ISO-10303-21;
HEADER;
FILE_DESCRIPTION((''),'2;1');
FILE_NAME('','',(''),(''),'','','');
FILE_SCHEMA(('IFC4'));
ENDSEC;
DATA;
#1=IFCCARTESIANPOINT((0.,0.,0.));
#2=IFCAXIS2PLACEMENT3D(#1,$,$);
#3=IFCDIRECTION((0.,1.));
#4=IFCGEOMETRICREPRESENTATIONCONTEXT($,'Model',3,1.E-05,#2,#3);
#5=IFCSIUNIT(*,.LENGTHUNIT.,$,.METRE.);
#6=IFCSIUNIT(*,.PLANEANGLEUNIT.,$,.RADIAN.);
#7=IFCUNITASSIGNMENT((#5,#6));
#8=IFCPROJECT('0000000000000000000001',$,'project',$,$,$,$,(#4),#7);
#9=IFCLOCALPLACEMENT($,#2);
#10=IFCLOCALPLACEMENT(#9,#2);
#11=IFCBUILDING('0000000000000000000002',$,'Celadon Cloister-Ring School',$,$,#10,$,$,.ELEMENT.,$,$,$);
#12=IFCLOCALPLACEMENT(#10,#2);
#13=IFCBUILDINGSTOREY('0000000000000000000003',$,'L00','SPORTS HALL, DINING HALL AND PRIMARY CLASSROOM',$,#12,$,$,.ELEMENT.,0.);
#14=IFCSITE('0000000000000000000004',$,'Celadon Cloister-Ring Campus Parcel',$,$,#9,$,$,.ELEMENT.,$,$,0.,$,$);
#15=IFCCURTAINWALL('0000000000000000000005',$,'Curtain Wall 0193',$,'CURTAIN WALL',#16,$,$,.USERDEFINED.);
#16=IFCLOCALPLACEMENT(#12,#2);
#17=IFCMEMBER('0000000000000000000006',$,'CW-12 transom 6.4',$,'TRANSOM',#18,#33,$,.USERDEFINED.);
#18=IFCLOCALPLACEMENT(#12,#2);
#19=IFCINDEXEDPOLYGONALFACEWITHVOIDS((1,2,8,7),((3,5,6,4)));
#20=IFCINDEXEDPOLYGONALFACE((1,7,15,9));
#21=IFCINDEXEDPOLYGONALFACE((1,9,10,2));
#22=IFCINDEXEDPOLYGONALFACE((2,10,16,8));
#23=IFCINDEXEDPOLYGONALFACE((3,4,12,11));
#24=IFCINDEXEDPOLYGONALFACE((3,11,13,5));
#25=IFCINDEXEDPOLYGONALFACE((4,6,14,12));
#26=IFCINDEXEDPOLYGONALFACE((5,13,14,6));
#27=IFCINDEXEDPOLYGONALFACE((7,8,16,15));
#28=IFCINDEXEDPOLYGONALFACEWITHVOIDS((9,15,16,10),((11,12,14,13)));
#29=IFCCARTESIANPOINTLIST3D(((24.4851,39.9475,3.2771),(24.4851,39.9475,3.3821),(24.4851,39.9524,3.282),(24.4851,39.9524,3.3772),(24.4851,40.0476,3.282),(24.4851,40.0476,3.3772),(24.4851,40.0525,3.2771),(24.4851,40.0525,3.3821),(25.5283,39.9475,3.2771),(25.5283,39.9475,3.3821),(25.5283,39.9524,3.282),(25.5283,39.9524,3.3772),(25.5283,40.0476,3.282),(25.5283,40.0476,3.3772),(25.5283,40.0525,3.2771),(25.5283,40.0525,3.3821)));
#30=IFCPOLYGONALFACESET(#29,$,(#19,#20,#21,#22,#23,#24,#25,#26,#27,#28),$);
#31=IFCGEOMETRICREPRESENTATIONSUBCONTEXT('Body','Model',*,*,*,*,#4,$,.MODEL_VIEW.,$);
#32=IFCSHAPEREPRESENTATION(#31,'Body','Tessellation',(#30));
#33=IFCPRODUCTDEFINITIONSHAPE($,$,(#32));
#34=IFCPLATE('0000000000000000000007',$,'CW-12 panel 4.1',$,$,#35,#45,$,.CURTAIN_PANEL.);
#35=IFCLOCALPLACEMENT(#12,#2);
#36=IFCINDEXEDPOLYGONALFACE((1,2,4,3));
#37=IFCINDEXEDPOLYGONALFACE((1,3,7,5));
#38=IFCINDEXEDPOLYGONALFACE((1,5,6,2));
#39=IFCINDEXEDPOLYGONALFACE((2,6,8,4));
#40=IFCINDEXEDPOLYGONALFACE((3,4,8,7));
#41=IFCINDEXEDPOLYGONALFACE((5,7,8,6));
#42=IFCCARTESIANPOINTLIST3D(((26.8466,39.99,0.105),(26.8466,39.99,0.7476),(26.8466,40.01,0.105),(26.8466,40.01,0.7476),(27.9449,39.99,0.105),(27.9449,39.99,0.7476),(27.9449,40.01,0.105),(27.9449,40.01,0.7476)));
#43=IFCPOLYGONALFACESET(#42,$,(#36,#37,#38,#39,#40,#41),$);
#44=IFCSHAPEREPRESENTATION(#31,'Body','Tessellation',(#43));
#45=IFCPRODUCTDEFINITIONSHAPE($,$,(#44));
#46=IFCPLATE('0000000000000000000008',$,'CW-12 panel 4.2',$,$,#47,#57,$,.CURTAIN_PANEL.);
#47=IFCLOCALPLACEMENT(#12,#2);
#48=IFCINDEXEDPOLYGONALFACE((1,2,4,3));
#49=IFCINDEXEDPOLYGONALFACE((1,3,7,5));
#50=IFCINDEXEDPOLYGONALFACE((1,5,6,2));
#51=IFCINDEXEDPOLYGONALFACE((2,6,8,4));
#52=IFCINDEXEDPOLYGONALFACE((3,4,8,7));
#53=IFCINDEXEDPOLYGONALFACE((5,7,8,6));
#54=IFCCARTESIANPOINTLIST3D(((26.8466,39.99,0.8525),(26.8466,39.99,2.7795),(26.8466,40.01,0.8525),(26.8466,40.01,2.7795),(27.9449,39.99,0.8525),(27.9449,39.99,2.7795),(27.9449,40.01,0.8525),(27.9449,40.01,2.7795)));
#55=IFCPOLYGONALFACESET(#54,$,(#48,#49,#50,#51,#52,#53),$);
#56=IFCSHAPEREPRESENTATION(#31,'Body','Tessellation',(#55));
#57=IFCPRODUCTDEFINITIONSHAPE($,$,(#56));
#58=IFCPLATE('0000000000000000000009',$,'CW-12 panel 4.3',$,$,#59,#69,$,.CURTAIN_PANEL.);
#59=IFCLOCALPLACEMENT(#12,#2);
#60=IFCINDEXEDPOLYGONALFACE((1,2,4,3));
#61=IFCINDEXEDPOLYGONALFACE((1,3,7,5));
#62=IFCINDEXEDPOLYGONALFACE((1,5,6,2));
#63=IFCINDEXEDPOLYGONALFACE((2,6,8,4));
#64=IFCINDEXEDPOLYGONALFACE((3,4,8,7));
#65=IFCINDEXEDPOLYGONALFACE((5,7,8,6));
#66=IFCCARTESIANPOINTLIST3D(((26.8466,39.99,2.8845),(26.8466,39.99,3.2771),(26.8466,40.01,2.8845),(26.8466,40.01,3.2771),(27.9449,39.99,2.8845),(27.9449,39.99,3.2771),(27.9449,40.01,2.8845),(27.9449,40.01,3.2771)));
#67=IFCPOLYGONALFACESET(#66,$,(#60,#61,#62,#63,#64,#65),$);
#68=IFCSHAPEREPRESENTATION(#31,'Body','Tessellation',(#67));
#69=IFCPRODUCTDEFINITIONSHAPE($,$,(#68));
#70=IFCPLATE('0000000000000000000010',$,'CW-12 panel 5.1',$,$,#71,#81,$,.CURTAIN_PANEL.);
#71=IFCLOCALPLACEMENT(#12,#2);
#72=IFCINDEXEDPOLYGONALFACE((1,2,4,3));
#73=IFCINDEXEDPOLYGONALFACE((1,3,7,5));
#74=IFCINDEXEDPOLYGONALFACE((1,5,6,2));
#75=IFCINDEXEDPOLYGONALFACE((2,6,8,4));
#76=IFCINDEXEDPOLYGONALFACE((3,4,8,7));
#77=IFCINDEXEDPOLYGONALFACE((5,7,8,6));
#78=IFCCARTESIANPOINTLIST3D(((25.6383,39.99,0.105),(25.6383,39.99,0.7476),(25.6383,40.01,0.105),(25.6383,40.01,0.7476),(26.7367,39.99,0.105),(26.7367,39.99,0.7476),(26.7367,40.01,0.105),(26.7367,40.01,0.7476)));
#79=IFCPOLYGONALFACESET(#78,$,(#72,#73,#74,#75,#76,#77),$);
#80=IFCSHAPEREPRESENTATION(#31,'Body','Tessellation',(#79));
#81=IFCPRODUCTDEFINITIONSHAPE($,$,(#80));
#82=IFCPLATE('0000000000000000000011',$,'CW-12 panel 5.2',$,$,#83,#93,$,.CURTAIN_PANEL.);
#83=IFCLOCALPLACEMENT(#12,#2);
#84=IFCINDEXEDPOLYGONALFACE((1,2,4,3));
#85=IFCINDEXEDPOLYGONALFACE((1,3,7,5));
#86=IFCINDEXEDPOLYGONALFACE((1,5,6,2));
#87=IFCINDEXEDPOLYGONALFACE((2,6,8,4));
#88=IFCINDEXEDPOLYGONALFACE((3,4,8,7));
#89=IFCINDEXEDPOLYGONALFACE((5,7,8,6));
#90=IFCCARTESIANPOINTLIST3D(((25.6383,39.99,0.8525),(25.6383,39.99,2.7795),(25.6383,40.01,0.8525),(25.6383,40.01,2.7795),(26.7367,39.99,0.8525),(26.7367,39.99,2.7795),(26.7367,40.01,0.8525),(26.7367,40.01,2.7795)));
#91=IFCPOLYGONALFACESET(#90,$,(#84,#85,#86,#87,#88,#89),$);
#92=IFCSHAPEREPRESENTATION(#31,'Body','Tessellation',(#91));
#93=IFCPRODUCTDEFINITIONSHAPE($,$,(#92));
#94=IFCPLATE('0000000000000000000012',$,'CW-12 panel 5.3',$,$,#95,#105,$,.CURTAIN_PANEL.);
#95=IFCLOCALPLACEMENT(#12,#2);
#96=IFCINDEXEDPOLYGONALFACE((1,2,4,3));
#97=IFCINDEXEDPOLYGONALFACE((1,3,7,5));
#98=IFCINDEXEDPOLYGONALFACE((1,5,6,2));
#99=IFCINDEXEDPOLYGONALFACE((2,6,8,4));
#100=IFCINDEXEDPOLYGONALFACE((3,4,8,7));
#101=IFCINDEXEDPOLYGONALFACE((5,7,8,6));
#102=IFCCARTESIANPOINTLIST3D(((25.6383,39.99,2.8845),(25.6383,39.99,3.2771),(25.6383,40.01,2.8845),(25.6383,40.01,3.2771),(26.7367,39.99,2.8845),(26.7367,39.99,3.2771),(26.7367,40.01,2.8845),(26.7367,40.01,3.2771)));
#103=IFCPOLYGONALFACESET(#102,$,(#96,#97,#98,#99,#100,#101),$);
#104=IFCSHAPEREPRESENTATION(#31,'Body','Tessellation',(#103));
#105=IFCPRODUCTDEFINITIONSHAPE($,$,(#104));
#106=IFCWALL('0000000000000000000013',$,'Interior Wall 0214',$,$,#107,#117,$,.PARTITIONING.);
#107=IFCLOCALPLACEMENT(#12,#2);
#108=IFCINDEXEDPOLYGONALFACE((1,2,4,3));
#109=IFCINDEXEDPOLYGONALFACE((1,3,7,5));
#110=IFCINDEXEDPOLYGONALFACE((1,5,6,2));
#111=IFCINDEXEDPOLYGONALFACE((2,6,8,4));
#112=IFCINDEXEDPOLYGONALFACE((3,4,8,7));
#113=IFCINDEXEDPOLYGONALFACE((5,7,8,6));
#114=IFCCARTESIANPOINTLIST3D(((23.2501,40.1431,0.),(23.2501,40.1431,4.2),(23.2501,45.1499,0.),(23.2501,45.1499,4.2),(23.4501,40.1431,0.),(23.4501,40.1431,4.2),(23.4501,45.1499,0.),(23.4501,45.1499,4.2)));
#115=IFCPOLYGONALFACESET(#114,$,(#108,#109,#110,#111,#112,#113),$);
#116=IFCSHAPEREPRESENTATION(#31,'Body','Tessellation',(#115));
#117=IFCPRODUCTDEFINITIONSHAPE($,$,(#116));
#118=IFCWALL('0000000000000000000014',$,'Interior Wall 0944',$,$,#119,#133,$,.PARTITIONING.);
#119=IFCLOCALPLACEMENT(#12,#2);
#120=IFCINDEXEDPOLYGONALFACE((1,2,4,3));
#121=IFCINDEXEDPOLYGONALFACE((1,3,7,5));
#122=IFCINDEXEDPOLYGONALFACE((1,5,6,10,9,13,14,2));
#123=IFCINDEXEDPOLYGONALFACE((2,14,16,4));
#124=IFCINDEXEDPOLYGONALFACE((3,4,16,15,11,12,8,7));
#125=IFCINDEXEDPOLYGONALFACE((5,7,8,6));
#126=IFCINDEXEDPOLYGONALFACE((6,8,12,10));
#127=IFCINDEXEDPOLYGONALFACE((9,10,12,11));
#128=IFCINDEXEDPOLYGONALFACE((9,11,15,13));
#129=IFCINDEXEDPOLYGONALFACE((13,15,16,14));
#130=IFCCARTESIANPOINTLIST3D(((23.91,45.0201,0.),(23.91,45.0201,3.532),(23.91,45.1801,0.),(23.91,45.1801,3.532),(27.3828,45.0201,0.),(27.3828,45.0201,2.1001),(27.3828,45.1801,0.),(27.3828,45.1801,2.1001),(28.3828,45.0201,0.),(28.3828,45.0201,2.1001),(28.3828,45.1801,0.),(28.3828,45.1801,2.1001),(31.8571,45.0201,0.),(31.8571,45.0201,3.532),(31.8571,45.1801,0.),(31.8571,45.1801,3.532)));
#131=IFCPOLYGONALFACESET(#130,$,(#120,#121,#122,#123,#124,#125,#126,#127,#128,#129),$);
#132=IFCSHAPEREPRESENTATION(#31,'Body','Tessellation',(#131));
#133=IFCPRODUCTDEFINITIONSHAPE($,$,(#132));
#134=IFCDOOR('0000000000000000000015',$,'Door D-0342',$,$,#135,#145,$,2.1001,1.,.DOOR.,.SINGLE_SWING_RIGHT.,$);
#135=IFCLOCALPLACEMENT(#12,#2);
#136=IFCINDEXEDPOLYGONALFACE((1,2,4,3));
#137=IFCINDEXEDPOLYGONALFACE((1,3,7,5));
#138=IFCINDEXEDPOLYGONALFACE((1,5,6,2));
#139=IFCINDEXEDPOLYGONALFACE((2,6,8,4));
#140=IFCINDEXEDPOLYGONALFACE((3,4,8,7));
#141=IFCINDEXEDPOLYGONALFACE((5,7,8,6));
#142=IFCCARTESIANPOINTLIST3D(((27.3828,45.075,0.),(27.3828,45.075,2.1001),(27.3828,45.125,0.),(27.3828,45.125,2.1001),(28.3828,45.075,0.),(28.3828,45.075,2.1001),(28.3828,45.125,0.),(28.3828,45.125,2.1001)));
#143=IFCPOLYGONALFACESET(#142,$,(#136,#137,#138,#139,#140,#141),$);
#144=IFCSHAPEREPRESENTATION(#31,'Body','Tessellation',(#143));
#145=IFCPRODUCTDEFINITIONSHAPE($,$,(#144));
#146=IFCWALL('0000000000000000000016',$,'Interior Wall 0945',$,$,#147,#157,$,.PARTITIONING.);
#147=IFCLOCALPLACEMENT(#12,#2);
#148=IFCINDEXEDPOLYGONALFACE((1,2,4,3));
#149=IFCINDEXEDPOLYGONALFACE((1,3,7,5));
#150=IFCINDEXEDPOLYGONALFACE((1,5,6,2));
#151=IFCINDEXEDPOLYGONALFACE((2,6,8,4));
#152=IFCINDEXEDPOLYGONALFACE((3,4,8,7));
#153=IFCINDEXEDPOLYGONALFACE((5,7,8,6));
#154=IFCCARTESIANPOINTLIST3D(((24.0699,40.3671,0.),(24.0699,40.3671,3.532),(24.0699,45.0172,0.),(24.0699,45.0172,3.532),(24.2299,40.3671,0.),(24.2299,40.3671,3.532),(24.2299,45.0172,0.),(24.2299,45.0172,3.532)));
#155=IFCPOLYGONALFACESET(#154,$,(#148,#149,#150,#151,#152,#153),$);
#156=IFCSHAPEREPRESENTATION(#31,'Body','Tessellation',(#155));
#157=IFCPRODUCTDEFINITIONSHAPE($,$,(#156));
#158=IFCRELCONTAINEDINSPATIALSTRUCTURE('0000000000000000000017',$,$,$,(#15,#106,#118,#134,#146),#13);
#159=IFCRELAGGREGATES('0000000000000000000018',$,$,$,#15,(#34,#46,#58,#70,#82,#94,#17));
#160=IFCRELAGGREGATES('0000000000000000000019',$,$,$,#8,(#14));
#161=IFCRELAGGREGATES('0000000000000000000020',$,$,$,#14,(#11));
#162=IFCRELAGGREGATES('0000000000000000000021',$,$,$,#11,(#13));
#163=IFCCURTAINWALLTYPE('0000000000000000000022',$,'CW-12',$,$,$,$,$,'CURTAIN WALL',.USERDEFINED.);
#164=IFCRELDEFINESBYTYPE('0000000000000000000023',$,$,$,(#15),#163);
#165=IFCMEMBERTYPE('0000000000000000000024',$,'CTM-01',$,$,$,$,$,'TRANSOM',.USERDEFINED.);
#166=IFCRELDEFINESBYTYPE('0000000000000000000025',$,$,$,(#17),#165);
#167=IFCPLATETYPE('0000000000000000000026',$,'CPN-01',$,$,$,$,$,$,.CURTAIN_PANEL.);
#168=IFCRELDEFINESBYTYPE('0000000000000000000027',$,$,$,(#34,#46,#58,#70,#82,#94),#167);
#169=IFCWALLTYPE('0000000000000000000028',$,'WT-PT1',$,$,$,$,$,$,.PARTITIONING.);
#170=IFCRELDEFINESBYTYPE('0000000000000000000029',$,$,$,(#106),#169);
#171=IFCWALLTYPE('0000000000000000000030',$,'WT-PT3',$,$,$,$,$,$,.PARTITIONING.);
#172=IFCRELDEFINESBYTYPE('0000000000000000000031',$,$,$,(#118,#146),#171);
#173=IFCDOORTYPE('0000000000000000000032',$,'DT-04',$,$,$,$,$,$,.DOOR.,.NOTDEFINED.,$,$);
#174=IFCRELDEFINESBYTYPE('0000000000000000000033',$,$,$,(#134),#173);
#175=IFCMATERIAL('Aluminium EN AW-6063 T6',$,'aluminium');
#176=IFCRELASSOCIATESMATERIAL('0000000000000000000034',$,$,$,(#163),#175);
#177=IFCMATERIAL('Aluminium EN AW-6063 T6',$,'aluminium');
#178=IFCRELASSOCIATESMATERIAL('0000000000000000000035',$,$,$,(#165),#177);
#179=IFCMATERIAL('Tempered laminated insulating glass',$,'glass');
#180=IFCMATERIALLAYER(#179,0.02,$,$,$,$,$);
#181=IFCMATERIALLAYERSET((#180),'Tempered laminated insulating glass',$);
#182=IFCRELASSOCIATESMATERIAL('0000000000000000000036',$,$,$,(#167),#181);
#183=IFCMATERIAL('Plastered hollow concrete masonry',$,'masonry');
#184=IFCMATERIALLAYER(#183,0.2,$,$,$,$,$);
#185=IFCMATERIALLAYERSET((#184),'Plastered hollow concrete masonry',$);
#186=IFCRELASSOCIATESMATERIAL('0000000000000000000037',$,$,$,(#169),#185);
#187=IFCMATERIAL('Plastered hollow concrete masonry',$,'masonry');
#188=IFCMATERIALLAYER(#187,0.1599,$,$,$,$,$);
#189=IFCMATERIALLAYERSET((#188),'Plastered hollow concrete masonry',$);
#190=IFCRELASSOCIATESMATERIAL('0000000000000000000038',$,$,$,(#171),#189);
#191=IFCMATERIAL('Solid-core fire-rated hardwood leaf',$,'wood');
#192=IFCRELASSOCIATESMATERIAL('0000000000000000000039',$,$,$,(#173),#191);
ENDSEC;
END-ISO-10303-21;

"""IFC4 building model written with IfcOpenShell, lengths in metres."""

from ifc_helpers import new_model, si_unit, direction, frame, frame_2d, origin, origin_2d, place, context, subcontext, project, spatial, rectangle, hollow_rectangle, extrude, material, layer, layer_set, material_profile, profile_set, type_object, element, fill, aggregate, save


model = new_model("IFC4")

# Units and contexts
model_context = context("Model", 3, precision=1e-05, world=origin(), true_north=direction((0.0, 1.0)))
body_context = subcontext(model_context, "Body", "Model", "MODEL_VIEW")
ifc_project = project(units=[si_unit("LENGTHUNIT", "METRE"), si_unit("PLANEANGLEUNIT", "RADIAN")], contexts=[model_context])

# Site, building, storey
site_placement = place(None, origin())
site = spatial("IfcSite", under=ifc_project, at=site_placement, Name="Celadon Cloister-Ring Campus Parcel", CompositionType="ELEMENT", RefElevation=0.0)
building_placement = place(site_placement, origin())
building = spatial("IfcBuilding", under=site, at=building_placement, Name="Celadon Cloister-Ring School", CompositionType="ELEMENT")
storey_placement = place(building_placement, origin())
storey = spatial("IfcBuildingStorey", under=building, at=storey_placement, Name="L00", Description="SPORTS HALL, DINING HALL AND PRIMARY CLASSROOM", CompositionType="ELEMENT", Elevation=0.0)

# Curtain wall, member, plates
ifc_material_1 = material(Name="Aluminium EN AW-6063 T6", Category="aluminium")
curtain_wall_type = type_object("IfcCurtainWallType", Name="CW-12", ElementType="CURTAIN WALL", PredefinedType="USERDEFINED", material=ifc_material_1)
curtain_wall_placement = place(storey_placement, origin())
curtain_wall = element("IfcCurtainWall", 1, at=curtain_wall_placement, inside=storey, type_object=curtain_wall_type, Name="Curtain Wall 0193", ObjectType="CURTAIN WALL", PredefinedType="USERDEFINED")
ifc_material_2 = material(Name="Aluminium EN AW-6063 T6", Category="aluminium")
ifc_material_profile_1 = material_profile(ifc_material_2, hollow_rectangle(XDim=0.105, YDim=0.105, WallThickness=0.0049, at=origin_2d()), Name="RHS105X105X5")
ifc_profile_set_1 = profile_set([ifc_material_profile_1], Name="Aluminium EN AW-6063 T6")
member_type_1 = type_object("IfcMemberType", Name="CTM-01", ElementType="TRANSOM", PredefinedType="USERDEFINED", material=ifc_profile_set_1)
member_1_placement = place(storey_placement, frame((25.5283, 40.0, 3.3296), z_axis=(-1.0, 0.0, 0.0), x_axis=(0.0, -1.0, 0.0)))
member_1 = element("IfcMember", 2, at=member_1_placement, type_object=member_type_1, Name="CW-12 transom 6.4", ObjectType="TRANSOM", PredefinedType="USERDEFINED", context=body_context, shape_type="SweptSolid", body=[
    extrude(hollow_rectangle(XDim=0.105, YDim=0.105, WallThickness=0.0049, at=origin_2d()), origin(), (0.0, 0.0, 1.0), 1.0432),
])
ifc_material_3 = material(Name="Tempered laminated insulating glass", Category="glass")
ifc_layer_1 = layer(ifc_material_3, 0.02)
ifc_layer_set_1 = layer_set([ifc_layer_1], Name="Tempered laminated insulating glass")
plate_type = type_object("IfcPlateType", Name="CPN-01", PredefinedType="CURTAIN_PANEL", material=ifc_layer_set_1)
plate_1_placement = place(storey_placement, frame((27.3958, 40.0, 0.105), z_axis=(0.0, 0.0, 1.0), x_axis=(-1.0, 0.0, 0.0)))
plate_1 = element("IfcPlate", 3, at=plate_1_placement, type_object=plate_type, Name="CW-12 panel 4.1", PredefinedType="CURTAIN_PANEL", context=body_context, shape_type="SweptSolid", body=[
    extrude(rectangle(XDim=1.0984, YDim=0.02, at=origin_2d()), origin(), (0.0, 0.0, 1.0), 0.6426),
])
plate_2_placement = place(storey_placement, frame((27.3958, 40.0, 0.8525), z_axis=(0.0, 0.0, 1.0), x_axis=(-1.0, 0.0, 0.0)))
plate_2 = element("IfcPlate", 4, at=plate_2_placement, type_object=plate_type, Name="CW-12 panel 4.2", PredefinedType="CURTAIN_PANEL", context=body_context, shape_type="SweptSolid", body=[
    extrude(rectangle(XDim=1.0984, YDim=0.02, at=origin_2d()), origin(), (0.0, 0.0, 1.0), 1.927),
])
plate_3_placement = place(storey_placement, frame((27.3958, 40.0, 2.8845), z_axis=(0.0, 0.0, 1.0), x_axis=(-1.0, 0.0, 0.0)))
plate_3 = element("IfcPlate", 5, at=plate_3_placement, type_object=plate_type, Name="CW-12 panel 4.3", PredefinedType="CURTAIN_PANEL", context=body_context, shape_type="SweptSolid", body=[
    extrude(rectangle(XDim=1.0984, YDim=0.02, at=origin_2d()), origin(), (0.0, 0.0, 1.0), 0.3926),
])
plate_4_placement = place(storey_placement, frame((26.1875, 40.0, 0.105), z_axis=(0.0, 0.0, 1.0), x_axis=(-1.0, 0.0, 0.0)))
plate_4 = element("IfcPlate", 6, at=plate_4_placement, type_object=plate_type, Name="CW-12 panel 5.1", PredefinedType="CURTAIN_PANEL", context=body_context, shape_type="SweptSolid", body=[
    extrude(rectangle(XDim=1.0984, YDim=0.02, at=origin_2d()), origin(), (0.0, 0.0, 1.0), 0.6426),
])
plate_5_placement = place(storey_placement, frame((26.1875, 40.0, 0.8525), z_axis=(0.0, 0.0, 1.0), x_axis=(-1.0, 0.0, 0.0)))
plate_5 = element("IfcPlate", 7, at=plate_5_placement, type_object=plate_type, Name="CW-12 panel 5.2", PredefinedType="CURTAIN_PANEL", context=body_context, shape_type="SweptSolid", body=[
    extrude(rectangle(XDim=1.0984, YDim=0.02, at=origin_2d()), origin(), (0.0, 0.0, 1.0), 1.927),
])
plate_6_placement = place(storey_placement, frame((26.1875, 40.0, 2.8845), z_axis=(0.0, 0.0, 1.0), x_axis=(-1.0, 0.0, 0.0)))
plate_6 = element("IfcPlate", 8, at=plate_6_placement, type_object=plate_type, Name="CW-12 panel 5.3", PredefinedType="CURTAIN_PANEL", context=body_context, shape_type="SweptSolid", body=[
    extrude(rectangle(XDim=1.0984, YDim=0.02, at=origin_2d()), origin(), (0.0, 0.0, 1.0), 0.3926),
])
aggregate(curtain_wall, [plate_1, plate_2, plate_3, plate_4, plate_5, plate_6, member_1])

# Wall
ifc_material_4 = material(Name="Plastered hollow concrete masonry", Category="masonry")
ifc_layer_2 = layer(ifc_material_4, 0.2)
ifc_layer_set_2 = layer_set([ifc_layer_2], Name="Plastered hollow concrete masonry")
wall_type_1 = type_object("IfcWallType", Name="WT-PT1", PredefinedType="PARTITIONING", material=ifc_layer_set_2)
wall_1_placement = place(storey_placement, frame((23.3501, 40.1431, 0.0), z_axis=(0.0, 0.0, 1.0), x_axis=(0.0, 1.0, 0.0)))
element("IfcWall", 9, at=wall_1_placement, inside=storey, type_object=wall_type_1, Name="Interior Wall 0214", PredefinedType="PARTITIONING", context=body_context, shape_type="SweptSolid", body=[
    extrude(rectangle(XDim=5.0068, YDim=0.2, at=frame_2d((2.5034, 0.0))), origin(), (0.0, 0.0, 1.0), 4.2),
])

# Wall, opening, door
ifc_material_5 = material(Name="Plastered hollow concrete masonry", Category="masonry")
ifc_layer_3 = layer(ifc_material_5, 0.1599)
ifc_layer_set_3 = layer_set([ifc_layer_3], Name="Plastered hollow concrete masonry")
wall_type_2 = type_object("IfcWallType", Name="WT-PT3", PredefinedType="PARTITIONING", material=ifc_layer_set_3)
wall_2_placement = place(storey_placement, frame((23.9099, 45.1001, 0.0), z_axis=(0.0, 0.0, 1.0), x_axis=(1.0, 0.0, 0.0)))
wall_2 = element("IfcWall", 10, at=wall_2_placement, inside=storey, type_object=wall_type_2, Name="Interior Wall 0944", PredefinedType="PARTITIONING", context=body_context, shape_type="SweptSolid", body=[
    extrude(rectangle(XDim=7.947, YDim=0.1599, at=frame_2d((3.9736, 0.0))), origin(), (0.0, 0.0, 1.0), 3.532),
])
opening_placement = place(wall_2_placement, frame((3.4729, 0.0, 0.0)))
opening = element("IfcOpeningElement", 11, at=opening_placement, cuts=wall_2, PredefinedType="OPENING", context=body_context, shape_type="SweptSolid", body=[
    extrude(rectangle(XDim=1.0, YDim=2.1001, at=frame_2d((0.5, 1.05))), frame((0.0, 0.0898, 0.0), z_axis=(0.0, -1.0, 0.0), x_axis=(1.0, 0.0, 0.0)), (0.0, 0.0, 1.0), 0.1799),
])
ifc_material_6 = material(Name="Solid-core fire-rated hardwood leaf", Category="wood")
door_type = type_object("IfcDoorType", Name="DT-04", OperationType="NOTDEFINED", PredefinedType="DOOR", material=ifc_material_6)
door_placement = place(opening_placement, origin())
door = element("IfcDoor", 12, at=door_placement, inside=storey, type_object=door_type, Name="Door D-0342", OperationType="SINGLE_SWING_RIGHT", OverallHeight=2.1001, OverallWidth=1.0, PredefinedType="DOOR", context=body_context, shape_type="SweptSolid", body=[
    extrude(rectangle(XDim=1.0, YDim=2.1001, at=frame_2d((0.5, 1.05))), frame((0.0, 0.0249, 0.0), z_axis=(0.0, -1.0, 0.0), x_axis=(1.0, 0.0, 0.0)), (0.0, 0.0, 1.0), 0.05),
])
fill(opening, door)

# Wall
wall_3_placement = place(storey_placement, frame((24.1499, 40.3669, 0.0), z_axis=(0.0, 0.0, 1.0), x_axis=(0.0, 1.0, 0.0)))
element("IfcWall", 13, at=wall_3_placement, inside=storey, type_object=wall_type_2, Name="Interior Wall 0945", PredefinedType="PARTITIONING", context=body_context, shape_type="SweptSolid", body=[
    extrude(rectangle(XDim=4.6501, YDim=0.1599, at=frame_2d((2.3252, 0.0))), origin(), (0.0, 0.0, 1.0), 3.532),
])

save(model, "model.ifc")
